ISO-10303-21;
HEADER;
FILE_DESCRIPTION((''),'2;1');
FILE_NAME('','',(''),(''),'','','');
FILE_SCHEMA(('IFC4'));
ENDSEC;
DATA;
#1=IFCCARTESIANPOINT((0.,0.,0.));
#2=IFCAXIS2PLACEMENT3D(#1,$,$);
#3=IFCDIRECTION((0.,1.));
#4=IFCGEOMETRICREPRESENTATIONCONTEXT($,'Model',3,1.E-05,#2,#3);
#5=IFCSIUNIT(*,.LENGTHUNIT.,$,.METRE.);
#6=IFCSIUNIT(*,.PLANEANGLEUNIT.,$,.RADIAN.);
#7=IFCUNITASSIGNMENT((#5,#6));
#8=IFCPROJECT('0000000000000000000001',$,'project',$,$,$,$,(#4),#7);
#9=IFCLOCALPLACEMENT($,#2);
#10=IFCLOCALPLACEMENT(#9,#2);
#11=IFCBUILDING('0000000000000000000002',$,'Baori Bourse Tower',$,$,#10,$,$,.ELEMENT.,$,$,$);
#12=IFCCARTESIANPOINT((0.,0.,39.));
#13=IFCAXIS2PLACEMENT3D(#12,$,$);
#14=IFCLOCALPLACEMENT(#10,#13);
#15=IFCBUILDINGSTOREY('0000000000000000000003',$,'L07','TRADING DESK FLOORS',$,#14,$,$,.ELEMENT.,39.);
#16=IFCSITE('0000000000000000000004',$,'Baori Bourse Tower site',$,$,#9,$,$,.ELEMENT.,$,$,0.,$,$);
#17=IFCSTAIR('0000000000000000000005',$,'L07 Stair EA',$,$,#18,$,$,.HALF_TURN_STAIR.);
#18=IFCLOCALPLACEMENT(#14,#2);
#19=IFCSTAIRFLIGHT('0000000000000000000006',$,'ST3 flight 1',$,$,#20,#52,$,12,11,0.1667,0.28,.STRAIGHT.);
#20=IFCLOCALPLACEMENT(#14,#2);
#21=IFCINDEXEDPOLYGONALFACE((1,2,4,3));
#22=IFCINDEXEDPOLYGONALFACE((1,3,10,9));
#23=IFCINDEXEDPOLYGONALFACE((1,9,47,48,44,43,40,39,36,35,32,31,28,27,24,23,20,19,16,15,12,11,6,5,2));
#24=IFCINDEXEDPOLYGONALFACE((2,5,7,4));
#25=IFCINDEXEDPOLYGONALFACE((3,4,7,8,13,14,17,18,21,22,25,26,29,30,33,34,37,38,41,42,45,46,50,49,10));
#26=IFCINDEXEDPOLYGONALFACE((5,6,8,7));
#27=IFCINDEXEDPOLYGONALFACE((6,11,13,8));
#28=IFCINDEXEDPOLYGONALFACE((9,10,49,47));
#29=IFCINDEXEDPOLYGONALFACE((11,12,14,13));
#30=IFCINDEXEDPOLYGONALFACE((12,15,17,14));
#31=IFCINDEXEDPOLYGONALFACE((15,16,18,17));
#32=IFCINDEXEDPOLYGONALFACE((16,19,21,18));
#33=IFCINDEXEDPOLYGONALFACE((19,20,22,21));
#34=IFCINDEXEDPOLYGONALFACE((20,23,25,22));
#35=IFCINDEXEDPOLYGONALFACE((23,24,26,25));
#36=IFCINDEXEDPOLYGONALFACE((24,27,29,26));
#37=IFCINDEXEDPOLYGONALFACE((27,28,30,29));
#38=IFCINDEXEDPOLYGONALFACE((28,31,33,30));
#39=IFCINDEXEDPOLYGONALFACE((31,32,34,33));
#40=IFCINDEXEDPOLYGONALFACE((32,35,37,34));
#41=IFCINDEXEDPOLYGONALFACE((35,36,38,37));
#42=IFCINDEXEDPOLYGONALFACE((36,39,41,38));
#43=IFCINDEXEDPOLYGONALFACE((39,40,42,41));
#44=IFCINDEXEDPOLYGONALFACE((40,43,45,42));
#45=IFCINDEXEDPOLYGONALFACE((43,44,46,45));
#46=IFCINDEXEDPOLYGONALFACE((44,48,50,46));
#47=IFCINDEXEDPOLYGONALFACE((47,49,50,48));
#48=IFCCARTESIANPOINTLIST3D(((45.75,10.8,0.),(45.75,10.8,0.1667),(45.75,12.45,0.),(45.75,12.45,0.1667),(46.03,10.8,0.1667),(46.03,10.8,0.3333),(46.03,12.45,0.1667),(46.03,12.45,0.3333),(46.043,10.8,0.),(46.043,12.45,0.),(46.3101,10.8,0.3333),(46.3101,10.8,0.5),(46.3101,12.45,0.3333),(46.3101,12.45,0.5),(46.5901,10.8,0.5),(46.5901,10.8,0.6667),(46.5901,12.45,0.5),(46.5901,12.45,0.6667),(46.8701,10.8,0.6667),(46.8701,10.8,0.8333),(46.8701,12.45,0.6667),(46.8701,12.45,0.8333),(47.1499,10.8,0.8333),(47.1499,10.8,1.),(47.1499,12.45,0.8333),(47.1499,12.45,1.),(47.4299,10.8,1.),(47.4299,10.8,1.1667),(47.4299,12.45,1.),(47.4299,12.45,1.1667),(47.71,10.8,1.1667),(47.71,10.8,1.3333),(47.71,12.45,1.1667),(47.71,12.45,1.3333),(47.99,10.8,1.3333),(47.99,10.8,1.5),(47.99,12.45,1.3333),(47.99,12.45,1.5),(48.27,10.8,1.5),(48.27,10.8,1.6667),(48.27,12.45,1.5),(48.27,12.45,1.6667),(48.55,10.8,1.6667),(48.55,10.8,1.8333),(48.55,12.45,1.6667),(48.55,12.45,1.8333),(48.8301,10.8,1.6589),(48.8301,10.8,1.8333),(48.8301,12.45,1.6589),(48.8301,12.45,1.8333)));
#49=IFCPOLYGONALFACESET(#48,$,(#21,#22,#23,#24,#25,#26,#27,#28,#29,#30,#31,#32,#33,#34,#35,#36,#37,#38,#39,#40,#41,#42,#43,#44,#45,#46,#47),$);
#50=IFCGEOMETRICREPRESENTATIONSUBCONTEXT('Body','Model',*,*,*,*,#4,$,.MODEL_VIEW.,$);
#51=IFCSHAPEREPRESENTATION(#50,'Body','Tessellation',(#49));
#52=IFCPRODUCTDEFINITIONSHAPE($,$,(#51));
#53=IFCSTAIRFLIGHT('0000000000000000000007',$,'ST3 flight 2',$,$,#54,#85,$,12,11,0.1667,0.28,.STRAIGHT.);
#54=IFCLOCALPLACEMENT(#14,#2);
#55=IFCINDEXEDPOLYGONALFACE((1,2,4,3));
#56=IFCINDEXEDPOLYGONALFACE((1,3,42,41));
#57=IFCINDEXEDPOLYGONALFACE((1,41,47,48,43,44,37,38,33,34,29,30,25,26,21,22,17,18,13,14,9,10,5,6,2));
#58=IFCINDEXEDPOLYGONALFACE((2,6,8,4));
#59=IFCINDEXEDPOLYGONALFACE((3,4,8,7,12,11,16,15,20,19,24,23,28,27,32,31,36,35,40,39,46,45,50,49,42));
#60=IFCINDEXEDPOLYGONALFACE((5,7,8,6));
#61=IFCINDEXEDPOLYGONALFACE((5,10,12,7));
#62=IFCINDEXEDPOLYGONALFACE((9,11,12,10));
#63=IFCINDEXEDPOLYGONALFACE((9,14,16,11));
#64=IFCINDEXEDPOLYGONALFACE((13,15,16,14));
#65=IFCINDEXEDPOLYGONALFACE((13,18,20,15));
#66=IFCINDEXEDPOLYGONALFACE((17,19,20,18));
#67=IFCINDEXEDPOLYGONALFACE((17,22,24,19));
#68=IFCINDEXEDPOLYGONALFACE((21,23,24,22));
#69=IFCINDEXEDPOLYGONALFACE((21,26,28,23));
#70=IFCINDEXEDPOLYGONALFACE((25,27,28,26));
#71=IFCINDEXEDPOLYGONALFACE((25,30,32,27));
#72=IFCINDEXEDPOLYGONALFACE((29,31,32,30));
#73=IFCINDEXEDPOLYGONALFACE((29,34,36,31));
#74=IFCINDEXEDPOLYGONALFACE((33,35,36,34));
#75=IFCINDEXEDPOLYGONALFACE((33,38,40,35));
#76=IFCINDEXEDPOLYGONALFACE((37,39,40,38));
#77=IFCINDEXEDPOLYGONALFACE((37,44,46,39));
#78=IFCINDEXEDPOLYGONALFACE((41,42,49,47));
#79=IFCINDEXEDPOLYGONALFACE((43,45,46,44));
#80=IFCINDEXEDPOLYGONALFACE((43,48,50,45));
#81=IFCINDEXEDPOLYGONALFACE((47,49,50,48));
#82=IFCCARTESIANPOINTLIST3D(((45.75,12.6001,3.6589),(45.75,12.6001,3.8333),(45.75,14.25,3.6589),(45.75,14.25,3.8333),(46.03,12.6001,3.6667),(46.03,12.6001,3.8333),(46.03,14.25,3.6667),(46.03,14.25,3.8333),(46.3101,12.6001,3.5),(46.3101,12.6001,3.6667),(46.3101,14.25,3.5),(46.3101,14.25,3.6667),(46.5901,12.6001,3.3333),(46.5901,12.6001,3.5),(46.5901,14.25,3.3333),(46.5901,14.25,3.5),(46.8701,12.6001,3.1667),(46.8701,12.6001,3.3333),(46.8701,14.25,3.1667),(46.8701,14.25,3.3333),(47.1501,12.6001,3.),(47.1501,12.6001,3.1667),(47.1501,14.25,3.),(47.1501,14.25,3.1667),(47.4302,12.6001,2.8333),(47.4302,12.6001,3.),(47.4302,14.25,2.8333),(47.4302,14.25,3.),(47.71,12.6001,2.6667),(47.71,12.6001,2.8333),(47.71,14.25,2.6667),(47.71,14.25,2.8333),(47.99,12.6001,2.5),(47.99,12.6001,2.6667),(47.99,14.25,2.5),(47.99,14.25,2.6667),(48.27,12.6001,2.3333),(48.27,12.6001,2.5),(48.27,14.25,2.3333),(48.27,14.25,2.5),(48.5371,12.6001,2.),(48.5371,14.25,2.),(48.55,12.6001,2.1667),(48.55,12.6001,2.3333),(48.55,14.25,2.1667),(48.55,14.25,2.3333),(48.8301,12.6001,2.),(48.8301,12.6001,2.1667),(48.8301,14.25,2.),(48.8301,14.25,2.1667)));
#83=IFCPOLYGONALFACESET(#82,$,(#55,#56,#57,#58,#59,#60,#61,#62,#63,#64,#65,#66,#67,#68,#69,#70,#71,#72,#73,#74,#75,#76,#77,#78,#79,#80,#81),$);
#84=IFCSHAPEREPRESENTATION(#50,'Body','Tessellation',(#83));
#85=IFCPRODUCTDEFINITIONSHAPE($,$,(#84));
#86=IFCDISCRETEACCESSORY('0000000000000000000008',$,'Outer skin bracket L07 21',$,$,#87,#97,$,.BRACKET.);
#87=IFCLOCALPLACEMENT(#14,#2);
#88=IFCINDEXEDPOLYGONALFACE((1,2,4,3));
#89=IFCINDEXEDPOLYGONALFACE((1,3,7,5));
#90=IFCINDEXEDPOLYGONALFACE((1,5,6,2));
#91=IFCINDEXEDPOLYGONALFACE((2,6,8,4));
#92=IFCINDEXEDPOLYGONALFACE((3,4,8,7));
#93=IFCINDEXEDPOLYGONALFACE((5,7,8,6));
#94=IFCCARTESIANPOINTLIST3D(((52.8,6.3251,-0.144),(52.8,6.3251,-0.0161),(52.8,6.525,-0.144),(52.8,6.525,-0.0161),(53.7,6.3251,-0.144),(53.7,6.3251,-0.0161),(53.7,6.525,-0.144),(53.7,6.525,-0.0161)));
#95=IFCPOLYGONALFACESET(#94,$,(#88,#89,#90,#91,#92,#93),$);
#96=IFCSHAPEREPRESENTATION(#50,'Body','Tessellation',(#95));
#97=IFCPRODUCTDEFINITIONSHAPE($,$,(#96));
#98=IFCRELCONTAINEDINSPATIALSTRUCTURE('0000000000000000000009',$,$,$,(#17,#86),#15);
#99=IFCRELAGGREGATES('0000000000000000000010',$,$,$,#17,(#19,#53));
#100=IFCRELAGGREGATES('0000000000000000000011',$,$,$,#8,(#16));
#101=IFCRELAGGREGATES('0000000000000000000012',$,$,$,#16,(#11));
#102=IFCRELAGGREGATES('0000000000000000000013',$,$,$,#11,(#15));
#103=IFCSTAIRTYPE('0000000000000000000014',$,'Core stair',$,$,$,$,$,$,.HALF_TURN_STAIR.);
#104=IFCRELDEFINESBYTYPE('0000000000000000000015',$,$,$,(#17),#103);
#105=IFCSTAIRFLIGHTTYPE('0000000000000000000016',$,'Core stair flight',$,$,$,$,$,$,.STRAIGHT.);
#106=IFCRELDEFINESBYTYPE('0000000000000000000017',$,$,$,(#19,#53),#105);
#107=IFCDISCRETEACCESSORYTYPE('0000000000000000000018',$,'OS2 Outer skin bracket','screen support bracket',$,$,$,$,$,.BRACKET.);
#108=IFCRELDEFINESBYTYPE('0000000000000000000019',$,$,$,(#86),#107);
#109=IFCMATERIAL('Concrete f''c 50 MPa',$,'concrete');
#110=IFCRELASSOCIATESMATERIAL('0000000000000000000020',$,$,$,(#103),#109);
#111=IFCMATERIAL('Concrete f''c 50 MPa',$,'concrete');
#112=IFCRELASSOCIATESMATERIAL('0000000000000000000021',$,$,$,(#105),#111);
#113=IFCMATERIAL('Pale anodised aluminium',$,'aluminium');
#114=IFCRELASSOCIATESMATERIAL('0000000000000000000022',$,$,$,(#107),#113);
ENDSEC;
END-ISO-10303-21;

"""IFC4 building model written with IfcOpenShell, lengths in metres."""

from ifc_helpers import new_model, si_unit, direction, frame, origin, origin_2d, place, context, subcontext, project, spatial, polyline, rectangle, outline, extrude, material, type_object, element, aggregate, save


model = new_model("IFC4")

# Units and contexts
model_context = context("Model", 3, precision=1e-05, world=origin(), true_north=direction((0.0, 1.0)))
body_context = subcontext(model_context, "Body", "Model", "MODEL_VIEW")
ifc_project = project(units=[si_unit("LENGTHUNIT", "METRE"), si_unit("PLANEANGLEUNIT", "RADIAN")], contexts=[model_context])

# Site, building, storey
site_placement = place(None, origin())
site = spatial("IfcSite", under=ifc_project, at=site_placement, Name="Baori Bourse Tower site", CompositionType="ELEMENT", RefElevation=0.0)
building_placement = place(site_placement, origin())
building = spatial("IfcBuilding", under=site, at=building_placement, Name="Baori Bourse Tower", CompositionType="ELEMENT")
storey_placement = place(building_placement, frame((0.0, 0.0, 39.0)))
storey = spatial("IfcBuildingStorey", under=building, at=storey_placement, Name="L07", Description="TRADING DESK FLOORS", CompositionType="ELEMENT", Elevation=39.0)

# Stair, stair flights
ifc_material_1 = material(Name="Concrete f'c 50 MPa", Category="concrete")
stair_type = type_object("IfcStairType", Name="Core stair", PredefinedType="HALF_TURN_STAIR", material=ifc_material_1)
stair_placement = place(storey_placement, origin())
stair = element("IfcStair", 1, at=stair_placement, inside=storey, type_object=stair_type, Name="L07 Stair EA", PredefinedType="HALF_TURN_STAIR")
ifc_material_2 = material(Name="Concrete f'c 50 MPa", Category="concrete")
stair_flight_type = type_object("IfcStairFlightType", Name="Core stair flight", PredefinedType="STRAIGHT", material=ifc_material_2)
stair_flight_1_placement = place(storey_placement, frame((45.75, 11.625, 0.0), z_axis=(0.0, 0.0, 1.0), x_axis=(1.0, 0.0, 0.0)))
stair_flight_1 = element("IfcStairFlight", 2, at=stair_flight_1_placement, type_object=stair_flight_type, Name="ST3 flight 1", NumberOfRisers=12, NumberOfTreads=11, PredefinedType="STRAIGHT", RiserHeight=0.1667, TreadLength=0.28, context=body_context, shape_type="SweptSolid", body=[
    extrude(outline(polyline([(0.0, 0.0), (0.0, 0.1667), (0.28, 0.1667), (0.28, 0.3333), (0.5601, 0.3333), (0.5601, 0.5), (0.8401, 0.5), (0.8401, 0.6667), (1.1201, 0.6667), (1.1201, 0.8333), (1.3999, 0.8333), (1.3999, 1.0), (1.6799, 1.0), (1.6799, 1.1667), (1.96, 1.1667), (1.96, 1.3333), (2.24, 1.3333), (2.24, 1.5), (2.52, 1.5), (2.52, 1.6667), (2.8, 1.6667), (2.8, 1.8333), (3.0801, 1.8333), (3.0801, 2.0), (3.0801, 1.6589), (0.293, 0.0), (0.0, 0.0)])), frame((0.0, 0.825, 0.0), z_axis=(0.0, -1.0, 0.0), x_axis=(1.0, 0.0, 0.0)), (0.0, 0.0, 1.0), 1.6499),
])
stair_flight_2_placement = place(storey_placement, frame((48.8301, 13.425, 2.0), z_axis=(0.0, 0.0, 1.0), x_axis=(-1.0, 0.0, 0.0)))
stair_flight_2 = element("IfcStairFlight", 3, at=stair_flight_2_placement, type_object=stair_flight_type, Name="ST3 flight 2", NumberOfRisers=12, NumberOfTreads=11, PredefinedType="STRAIGHT", RiserHeight=0.1667, TreadLength=0.28, context=body_context, shape_type="SweptSolid", body=[
    extrude(outline(polyline([(0.0, 0.0), (0.0, 0.1667), (0.28, 0.1667), (0.28, 0.3333), (0.5601, 0.3333), (0.5601, 0.5), (0.8401, 0.5), (0.8401, 0.6667), (1.1201, 0.6667), (1.1201, 0.8333), (1.3999, 0.8333), (1.3999, 1.0), (1.6799, 1.0), (1.6799, 1.1667), (1.96, 1.1667), (1.96, 1.3333), (2.24, 1.3333), (2.24, 1.5), (2.52, 1.5), (2.52, 1.6667), (2.8, 1.6667), (2.8, 1.8333), (3.0801, 1.8333), (3.0801, 2.0), (3.0801, 1.6589), (0.293, 0.0), (0.0, 0.0)])), frame((0.0, 0.825, 0.0), z_axis=(0.0, -1.0, 0.0), x_axis=(1.0, 0.0, 0.0)), (0.0, 0.0, 1.0), 1.6499),
])
aggregate(stair, [stair_flight_1, stair_flight_2])

# Discrete accessory
ifc_material_3 = material(Name="Pale anodised aluminium", Category="aluminium")
discrete_accessory_type = type_object("IfcDiscreteAccessoryType", Name="OS2 Outer skin bracket", Description="screen support bracket", PredefinedType="BRACKET", material=ifc_material_3)
discrete_accessory_placement = place(storey_placement, frame((53.25, 6.425, -0.144), z_axis=(0.0, 0.0, 1.0), x_axis=(0.0, 1.0, 0.0)))
element("IfcDiscreteAccessory", 4, at=discrete_accessory_placement, inside=storey, type_object=discrete_accessory_type, Name="Outer skin bracket L07 21", PredefinedType="BRACKET", context=body_context, shape_type="SweptSolid", body=[
    extrude(rectangle(XDim=0.2, YDim=0.8999, at=origin_2d()), origin(), (0.0, 0.0, 1.0), 0.1279),
])

save(model, "model.ifc")
